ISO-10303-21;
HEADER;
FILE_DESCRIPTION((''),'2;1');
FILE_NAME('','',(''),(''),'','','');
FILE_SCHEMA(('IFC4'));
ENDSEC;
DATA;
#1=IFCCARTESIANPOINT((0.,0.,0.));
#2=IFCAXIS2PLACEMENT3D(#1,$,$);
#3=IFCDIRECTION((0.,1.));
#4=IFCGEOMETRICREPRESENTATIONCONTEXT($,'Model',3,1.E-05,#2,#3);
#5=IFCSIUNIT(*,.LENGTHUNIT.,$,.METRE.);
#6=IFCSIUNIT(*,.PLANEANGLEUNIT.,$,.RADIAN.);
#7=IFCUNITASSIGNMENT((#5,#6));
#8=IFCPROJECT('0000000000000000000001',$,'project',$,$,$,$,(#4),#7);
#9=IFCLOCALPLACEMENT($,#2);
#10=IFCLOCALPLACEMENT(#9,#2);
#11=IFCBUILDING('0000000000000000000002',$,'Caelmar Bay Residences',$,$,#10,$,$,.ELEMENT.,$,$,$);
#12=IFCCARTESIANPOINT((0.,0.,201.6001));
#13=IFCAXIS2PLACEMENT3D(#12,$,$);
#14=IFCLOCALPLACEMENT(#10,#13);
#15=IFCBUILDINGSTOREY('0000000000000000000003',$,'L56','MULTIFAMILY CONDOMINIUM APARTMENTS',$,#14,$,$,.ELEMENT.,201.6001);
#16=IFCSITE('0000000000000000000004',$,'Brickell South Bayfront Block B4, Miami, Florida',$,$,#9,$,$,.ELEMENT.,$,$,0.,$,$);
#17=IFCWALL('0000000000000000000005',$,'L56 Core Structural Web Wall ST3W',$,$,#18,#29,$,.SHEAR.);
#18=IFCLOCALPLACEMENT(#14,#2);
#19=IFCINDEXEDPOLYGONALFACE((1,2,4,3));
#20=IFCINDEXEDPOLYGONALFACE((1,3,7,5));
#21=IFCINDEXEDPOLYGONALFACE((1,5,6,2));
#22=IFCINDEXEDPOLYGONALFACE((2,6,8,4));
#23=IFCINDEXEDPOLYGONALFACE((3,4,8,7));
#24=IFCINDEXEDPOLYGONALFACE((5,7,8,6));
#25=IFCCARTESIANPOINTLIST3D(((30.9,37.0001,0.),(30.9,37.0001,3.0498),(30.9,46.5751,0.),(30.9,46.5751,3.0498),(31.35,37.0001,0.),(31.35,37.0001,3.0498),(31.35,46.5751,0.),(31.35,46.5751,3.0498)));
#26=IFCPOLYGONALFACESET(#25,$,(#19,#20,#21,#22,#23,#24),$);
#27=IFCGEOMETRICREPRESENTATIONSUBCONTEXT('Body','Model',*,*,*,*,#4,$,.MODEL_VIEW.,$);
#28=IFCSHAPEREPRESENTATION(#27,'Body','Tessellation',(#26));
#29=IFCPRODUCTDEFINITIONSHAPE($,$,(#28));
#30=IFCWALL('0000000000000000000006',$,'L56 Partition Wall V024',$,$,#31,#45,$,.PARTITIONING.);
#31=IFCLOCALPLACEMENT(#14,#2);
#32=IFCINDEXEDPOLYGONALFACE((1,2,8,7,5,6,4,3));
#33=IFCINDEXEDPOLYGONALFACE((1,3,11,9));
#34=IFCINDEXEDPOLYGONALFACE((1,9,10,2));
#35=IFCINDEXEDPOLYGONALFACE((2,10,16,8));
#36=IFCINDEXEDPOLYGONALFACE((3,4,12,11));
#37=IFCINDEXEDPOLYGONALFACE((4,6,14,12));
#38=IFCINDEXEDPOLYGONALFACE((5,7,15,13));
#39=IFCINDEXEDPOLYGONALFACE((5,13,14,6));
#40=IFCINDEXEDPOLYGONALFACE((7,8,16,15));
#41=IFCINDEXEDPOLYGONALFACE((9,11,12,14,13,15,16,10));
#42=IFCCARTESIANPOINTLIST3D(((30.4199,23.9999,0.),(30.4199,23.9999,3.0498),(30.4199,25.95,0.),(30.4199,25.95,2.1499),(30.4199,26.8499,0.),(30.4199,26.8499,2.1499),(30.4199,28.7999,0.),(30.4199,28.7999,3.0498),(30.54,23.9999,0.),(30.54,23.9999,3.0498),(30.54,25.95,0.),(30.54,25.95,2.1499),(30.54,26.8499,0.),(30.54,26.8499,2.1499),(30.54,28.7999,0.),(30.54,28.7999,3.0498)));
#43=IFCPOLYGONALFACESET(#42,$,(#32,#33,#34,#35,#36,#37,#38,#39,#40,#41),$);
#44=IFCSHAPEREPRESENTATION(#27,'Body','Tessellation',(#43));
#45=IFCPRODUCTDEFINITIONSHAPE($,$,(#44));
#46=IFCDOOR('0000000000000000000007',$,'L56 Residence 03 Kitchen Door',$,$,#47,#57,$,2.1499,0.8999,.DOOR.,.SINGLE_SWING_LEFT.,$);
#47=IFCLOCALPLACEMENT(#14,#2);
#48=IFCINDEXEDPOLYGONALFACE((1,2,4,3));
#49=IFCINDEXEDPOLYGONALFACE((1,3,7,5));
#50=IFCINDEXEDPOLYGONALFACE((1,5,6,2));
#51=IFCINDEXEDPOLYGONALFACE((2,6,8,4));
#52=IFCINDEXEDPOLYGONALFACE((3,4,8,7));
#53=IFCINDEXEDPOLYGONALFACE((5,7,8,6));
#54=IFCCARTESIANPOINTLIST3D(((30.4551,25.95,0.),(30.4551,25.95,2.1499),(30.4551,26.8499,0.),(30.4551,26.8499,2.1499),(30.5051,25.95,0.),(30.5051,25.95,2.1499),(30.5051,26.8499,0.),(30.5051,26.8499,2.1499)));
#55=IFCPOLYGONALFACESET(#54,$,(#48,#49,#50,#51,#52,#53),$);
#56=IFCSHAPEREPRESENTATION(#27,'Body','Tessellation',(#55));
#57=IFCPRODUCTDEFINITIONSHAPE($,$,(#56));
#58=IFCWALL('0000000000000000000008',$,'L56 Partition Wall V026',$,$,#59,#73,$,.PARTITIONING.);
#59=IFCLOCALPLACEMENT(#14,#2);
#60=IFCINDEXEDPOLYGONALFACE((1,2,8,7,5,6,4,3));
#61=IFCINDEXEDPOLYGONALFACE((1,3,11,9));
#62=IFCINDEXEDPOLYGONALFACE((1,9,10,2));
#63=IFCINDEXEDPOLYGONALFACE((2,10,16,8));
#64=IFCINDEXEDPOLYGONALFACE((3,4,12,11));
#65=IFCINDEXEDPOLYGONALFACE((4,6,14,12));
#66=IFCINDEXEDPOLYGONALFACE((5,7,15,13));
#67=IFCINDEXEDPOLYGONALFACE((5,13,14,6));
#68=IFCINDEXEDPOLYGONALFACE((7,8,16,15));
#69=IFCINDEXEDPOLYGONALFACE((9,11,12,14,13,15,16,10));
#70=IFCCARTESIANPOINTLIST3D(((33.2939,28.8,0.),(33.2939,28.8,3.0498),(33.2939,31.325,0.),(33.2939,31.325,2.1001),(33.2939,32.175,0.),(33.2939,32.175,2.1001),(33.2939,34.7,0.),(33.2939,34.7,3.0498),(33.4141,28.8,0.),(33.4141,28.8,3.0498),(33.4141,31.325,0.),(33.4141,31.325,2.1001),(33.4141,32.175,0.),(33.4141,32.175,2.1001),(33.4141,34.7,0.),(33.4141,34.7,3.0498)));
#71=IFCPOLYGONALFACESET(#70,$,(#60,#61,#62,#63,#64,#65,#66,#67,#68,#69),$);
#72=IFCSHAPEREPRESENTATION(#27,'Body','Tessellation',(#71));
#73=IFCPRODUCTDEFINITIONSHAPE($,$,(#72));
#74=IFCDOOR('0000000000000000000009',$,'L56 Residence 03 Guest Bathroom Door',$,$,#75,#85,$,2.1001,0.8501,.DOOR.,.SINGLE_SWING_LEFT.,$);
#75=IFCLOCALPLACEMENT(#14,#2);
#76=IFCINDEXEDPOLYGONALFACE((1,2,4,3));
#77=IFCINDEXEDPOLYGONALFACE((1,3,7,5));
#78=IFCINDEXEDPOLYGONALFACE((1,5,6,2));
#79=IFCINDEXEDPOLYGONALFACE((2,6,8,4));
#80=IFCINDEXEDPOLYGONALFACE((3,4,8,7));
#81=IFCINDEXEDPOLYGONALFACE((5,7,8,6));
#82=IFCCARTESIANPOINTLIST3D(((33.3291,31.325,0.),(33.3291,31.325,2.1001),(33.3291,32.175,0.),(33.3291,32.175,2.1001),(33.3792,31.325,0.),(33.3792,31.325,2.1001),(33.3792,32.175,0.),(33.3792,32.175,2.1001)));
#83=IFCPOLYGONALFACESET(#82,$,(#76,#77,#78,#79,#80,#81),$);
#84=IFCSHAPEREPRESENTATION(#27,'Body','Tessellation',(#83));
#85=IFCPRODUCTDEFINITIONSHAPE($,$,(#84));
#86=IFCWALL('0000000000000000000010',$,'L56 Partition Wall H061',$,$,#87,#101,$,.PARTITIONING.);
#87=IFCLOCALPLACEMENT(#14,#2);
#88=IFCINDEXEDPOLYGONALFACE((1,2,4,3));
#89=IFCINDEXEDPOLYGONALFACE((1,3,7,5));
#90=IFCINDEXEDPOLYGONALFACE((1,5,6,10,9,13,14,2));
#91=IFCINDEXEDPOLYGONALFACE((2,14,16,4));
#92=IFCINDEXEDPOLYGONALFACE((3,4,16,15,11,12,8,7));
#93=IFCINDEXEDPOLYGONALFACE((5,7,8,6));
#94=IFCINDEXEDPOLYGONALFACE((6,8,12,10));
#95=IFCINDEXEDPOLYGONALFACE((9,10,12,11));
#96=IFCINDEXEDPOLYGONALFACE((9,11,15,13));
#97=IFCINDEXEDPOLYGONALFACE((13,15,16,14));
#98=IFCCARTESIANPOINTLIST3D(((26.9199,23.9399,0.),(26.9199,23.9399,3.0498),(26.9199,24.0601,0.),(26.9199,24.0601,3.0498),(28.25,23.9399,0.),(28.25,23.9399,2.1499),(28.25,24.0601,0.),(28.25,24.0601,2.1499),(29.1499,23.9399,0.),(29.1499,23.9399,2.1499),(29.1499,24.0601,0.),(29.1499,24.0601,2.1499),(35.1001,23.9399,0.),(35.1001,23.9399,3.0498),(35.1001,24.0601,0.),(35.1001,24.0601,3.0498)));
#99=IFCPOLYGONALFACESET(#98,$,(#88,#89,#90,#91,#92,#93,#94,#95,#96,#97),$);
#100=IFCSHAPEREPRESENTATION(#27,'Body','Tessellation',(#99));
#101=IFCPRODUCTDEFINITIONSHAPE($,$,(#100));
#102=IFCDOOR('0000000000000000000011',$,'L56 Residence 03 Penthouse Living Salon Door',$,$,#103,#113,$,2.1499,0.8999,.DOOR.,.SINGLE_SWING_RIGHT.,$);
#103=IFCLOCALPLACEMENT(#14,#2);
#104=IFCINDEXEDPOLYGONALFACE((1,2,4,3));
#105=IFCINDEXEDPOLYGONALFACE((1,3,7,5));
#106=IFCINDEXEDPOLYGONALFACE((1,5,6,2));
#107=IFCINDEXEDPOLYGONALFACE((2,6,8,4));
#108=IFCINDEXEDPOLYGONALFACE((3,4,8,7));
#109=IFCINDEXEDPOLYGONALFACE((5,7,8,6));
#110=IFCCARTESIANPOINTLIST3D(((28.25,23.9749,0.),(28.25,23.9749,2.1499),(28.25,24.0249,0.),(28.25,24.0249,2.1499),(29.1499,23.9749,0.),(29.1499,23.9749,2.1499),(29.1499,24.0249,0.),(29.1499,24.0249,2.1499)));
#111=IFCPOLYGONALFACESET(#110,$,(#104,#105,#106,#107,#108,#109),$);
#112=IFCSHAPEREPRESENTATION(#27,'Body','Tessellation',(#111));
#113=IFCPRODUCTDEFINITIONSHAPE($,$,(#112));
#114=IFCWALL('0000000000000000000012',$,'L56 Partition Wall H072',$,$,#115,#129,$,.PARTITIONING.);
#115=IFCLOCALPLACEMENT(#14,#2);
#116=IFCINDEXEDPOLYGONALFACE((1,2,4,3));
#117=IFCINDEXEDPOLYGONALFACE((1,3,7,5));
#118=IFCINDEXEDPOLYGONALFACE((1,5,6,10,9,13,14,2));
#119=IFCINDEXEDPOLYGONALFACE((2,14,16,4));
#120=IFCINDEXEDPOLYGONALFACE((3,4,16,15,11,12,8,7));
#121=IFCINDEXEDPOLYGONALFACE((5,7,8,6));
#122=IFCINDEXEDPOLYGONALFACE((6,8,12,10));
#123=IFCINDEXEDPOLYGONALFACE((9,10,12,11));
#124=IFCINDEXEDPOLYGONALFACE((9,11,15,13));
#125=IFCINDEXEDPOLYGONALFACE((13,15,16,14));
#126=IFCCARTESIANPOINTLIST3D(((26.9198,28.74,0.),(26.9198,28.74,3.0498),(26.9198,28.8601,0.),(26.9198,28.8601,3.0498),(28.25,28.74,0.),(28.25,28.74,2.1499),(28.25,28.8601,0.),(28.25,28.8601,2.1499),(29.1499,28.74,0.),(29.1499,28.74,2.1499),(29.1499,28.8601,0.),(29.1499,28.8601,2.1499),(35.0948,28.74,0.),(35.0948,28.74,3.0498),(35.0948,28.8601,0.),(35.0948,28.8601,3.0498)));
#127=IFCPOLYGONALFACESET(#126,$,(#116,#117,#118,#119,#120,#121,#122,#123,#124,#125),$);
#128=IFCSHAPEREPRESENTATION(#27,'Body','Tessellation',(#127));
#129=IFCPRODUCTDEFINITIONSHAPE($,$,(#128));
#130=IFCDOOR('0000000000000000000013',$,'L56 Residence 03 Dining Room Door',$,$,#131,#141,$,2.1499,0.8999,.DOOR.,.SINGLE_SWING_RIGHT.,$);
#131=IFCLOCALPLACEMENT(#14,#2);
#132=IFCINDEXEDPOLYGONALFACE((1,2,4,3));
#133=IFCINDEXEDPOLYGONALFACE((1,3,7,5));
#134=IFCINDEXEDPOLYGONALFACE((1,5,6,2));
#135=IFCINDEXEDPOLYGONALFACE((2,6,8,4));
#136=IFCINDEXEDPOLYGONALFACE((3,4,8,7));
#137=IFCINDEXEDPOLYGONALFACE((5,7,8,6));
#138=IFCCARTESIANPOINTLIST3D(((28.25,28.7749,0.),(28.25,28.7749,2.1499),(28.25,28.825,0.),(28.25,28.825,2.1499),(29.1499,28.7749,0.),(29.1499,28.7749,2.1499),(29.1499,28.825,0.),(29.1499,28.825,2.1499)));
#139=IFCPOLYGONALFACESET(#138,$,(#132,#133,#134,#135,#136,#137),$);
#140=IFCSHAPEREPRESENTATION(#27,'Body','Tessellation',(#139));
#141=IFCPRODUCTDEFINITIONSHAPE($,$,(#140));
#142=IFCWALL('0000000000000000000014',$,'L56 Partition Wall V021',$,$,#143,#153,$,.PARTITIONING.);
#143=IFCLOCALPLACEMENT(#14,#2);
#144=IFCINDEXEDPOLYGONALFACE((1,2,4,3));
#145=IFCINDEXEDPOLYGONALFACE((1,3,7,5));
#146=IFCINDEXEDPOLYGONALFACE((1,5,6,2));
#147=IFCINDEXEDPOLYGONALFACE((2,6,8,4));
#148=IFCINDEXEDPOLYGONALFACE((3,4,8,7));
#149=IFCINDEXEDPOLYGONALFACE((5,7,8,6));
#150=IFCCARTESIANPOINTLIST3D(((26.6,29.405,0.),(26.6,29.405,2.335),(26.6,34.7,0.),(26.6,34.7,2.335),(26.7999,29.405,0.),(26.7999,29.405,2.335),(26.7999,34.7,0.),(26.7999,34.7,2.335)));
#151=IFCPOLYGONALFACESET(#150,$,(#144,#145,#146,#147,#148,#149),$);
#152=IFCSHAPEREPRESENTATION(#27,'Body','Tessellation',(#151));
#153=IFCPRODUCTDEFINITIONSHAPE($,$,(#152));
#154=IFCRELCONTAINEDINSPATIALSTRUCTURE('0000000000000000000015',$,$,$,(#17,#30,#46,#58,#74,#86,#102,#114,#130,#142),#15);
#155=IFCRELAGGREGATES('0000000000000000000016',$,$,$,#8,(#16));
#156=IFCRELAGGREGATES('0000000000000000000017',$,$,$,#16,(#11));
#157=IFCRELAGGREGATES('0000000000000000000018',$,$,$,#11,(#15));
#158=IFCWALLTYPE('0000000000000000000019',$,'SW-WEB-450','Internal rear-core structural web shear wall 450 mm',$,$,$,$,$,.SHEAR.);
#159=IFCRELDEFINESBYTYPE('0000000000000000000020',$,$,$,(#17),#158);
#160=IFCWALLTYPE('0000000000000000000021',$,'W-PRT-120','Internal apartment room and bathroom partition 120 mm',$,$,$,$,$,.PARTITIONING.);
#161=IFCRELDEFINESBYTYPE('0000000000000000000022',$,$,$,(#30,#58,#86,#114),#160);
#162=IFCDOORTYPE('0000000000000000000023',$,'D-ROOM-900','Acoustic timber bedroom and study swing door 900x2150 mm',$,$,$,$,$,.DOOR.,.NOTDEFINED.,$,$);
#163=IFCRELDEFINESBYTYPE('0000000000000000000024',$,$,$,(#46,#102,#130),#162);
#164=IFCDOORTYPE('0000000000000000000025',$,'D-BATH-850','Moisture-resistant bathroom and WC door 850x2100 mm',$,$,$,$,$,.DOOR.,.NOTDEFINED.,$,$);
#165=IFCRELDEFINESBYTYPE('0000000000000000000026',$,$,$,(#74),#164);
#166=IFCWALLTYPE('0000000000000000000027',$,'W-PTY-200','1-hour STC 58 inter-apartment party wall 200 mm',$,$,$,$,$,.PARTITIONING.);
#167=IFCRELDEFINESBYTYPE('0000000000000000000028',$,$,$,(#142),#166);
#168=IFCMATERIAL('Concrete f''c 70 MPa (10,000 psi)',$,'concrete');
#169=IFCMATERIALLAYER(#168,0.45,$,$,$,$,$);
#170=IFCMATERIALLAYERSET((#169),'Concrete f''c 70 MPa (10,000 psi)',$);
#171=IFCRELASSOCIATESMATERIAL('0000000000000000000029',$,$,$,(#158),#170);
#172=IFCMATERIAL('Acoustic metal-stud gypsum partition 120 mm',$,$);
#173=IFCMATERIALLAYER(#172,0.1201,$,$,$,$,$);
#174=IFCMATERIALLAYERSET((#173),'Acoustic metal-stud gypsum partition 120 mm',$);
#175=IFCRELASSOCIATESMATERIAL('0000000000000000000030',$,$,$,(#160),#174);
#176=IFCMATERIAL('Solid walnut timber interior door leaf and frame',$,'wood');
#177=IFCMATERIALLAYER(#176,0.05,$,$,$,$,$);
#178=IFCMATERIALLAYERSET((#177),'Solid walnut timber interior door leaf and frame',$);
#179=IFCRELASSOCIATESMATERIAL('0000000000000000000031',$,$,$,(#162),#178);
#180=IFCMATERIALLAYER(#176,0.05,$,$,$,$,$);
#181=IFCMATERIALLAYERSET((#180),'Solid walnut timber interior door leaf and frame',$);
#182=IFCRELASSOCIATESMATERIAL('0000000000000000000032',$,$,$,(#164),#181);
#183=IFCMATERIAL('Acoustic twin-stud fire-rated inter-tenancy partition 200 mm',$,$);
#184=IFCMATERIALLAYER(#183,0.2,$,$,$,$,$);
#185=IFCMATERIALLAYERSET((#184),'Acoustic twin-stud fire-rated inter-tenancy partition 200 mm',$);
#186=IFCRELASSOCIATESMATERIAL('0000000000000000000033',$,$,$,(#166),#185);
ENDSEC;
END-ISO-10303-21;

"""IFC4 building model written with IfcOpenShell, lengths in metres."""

from ifc_helpers import new_model, si_unit, direction, frame, frame_2d, origin, place, context, subcontext, project, spatial, rectangle, extrude, material, layer, layer_set, type_object, element, fill, save


model = new_model("IFC4")

# Units and contexts
model_context = context("Model", 3, precision=1e-05, world=origin(), true_north=direction((0.0, 1.0)))
body_context = subcontext(model_context, "Body", "Model", "MODEL_VIEW")
ifc_project = project(units=[si_unit("LENGTHUNIT", "METRE"), si_unit("PLANEANGLEUNIT", "RADIAN")], contexts=[model_context])

# Site, building, storey
site_placement = place(None, origin())
site = spatial("IfcSite", under=ifc_project, at=site_placement, Name="Brickell South Bayfront Block B4, Miami, Florida", CompositionType="ELEMENT", RefElevation=0.0)
building_placement = place(site_placement, origin())
building = spatial("IfcBuilding", under=site, at=building_placement, Name="Caelmar Bay Residences", CompositionType="ELEMENT")
storey_placement = place(building_placement, frame((0.0, 0.0, 201.6001)))
storey = spatial("IfcBuildingStorey", under=building, at=storey_placement, Name="L56", Description="MULTIFAMILY CONDOMINIUM APARTMENTS", CompositionType="ELEMENT", Elevation=201.6001)

# Wall
ifc_material_1 = material(Name="Concrete f'c 70 MPa (10,000 psi)", Category="concrete")
ifc_layer_1 = layer(ifc_material_1, 0.45)
ifc_layer_set_1 = layer_set([ifc_layer_1], Name="Concrete f'c 70 MPa (10,000 psi)")
wall_type_1 = type_object("IfcWallType", Name="SW-WEB-450", Description="Internal rear-core structural web shear wall 450 mm", PredefinedType="SHEAR", material=ifc_layer_set_1)
wall_1_placement = place(storey_placement, frame((31.125, 37.0, 0.0), z_axis=(0.0, 0.0, 1.0), x_axis=(0.0, 1.0, 0.0)))
element("IfcWall", 1, at=wall_1_placement, inside=storey, type_object=wall_type_1, Name="L56 Core Structural Web Wall ST3W", PredefinedType="SHEAR", context=body_context, shape_type="SweptSolid", body=[
    extrude(rectangle(XDim=9.575, YDim=0.45, at=frame_2d((4.7876, 0.0))), origin(), (0.0, 0.0, 1.0), 3.0498),
])

# Walls, openings, doors
ifc_material_2 = material(Name="Acoustic metal-stud gypsum partition 120 mm")
ifc_layer_2 = layer(ifc_material_2, 0.1201)
ifc_layer_set_2 = layer_set([ifc_layer_2], Name="Acoustic metal-stud gypsum partition 120 mm")
wall_type_2 = type_object("IfcWallType", Name="W-PRT-120", Description="Internal apartment room and bathroom partition 120 mm", PredefinedType="PARTITIONING", material=ifc_layer_set_2)
wall_2_placement = place(storey_placement, frame((30.48, 24.0, 0.0), z_axis=(0.0, 0.0, 1.0), x_axis=(0.0, 1.0, 0.0)))
wall_2 = element("IfcWall", 2, at=wall_2_placement, inside=storey, type_object=wall_type_2, Name="L56 Partition Wall V024", PredefinedType="PARTITIONING", context=body_context, shape_type="SweptSolid", body=[
    extrude(rectangle(XDim=4.8, YDim=0.1201, at=frame_2d((2.3999, 0.0))), origin(), (0.0, 0.0, 1.0), 3.0498),
])
opening_1_placement = place(wall_2_placement, frame((1.95, 0.0, 0.0)))
opening_1 = element("IfcOpeningElement", 3, at=opening_1_placement, cuts=wall_2, PredefinedType="OPENING", context=body_context, shape_type="SweptSolid", body=[
    extrude(rectangle(XDim=0.8999, YDim=2.1499, at=frame_2d((0.45, 1.075))), frame((0.0, 0.0701, 0.0), z_axis=(0.0, -1.0, 0.0), x_axis=(1.0, 0.0, 0.0)), (0.0, 0.0, 1.0), 0.1401),
])
ifc_material_3 = material(Name="Solid walnut timber interior door leaf and frame", Category="wood")
ifc_layer_3 = layer(ifc_material_3, 0.05)
ifc_layer_set_3 = layer_set([ifc_layer_3], Name="Solid walnut timber interior door leaf and frame")
door_type_1 = type_object("IfcDoorType", Name="D-ROOM-900", Description="Acoustic timber bedroom and study swing door 900x2150 mm", OperationType="NOTDEFINED", PredefinedType="DOOR", material=ifc_layer_set_3)
door_1_placement = place(opening_1_placement, origin())
door_1 = element("IfcDoor", 4, at=door_1_placement, inside=storey, type_object=door_type_1, Name="L56 Residence 03 Kitchen Door", OperationType="SINGLE_SWING_LEFT", OverallHeight=2.1499, OverallWidth=0.8999, PredefinedType="DOOR", context=body_context, shape_type="SweptSolid", body=[
    extrude(rectangle(XDim=0.8999, YDim=2.1499, at=frame_2d((0.45, 1.075))), frame((0.0, 0.0249, 0.0), z_axis=(0.0, -1.0, 0.0), x_axis=(1.0, 0.0, 0.0)), (0.0, 0.0, 1.0), 0.05),
])
fill(opening_1, door_1)
wall_3_placement = place(storey_placement, frame((33.354, 28.8, 0.0), z_axis=(0.0, 0.0, 1.0), x_axis=(0.0, 1.0, 0.0)))
wall_3 = element("IfcWall", 5, at=wall_3_placement, inside=storey, type_object=wall_type_2, Name="L56 Partition Wall V026", PredefinedType="PARTITIONING", context=body_context, shape_type="SweptSolid", body=[
    extrude(rectangle(XDim=5.8999, YDim=0.1201, at=frame_2d((2.95, 0.0))), origin(), (0.0, 0.0, 1.0), 3.0498),
])
opening_2_placement = place(wall_3_placement, frame((2.5249, 0.0, 0.0)))
opening_2 = element("IfcOpeningElement", 6, at=opening_2_placement, cuts=wall_3, PredefinedType="OPENING", context=body_context, shape_type="SweptSolid", body=[
    extrude(rectangle(XDim=0.8501, YDim=2.1001, at=frame_2d((0.425, 1.05))), frame((0.0, 0.0701, 0.0), z_axis=(0.0, -1.0, 0.0), x_axis=(1.0, 0.0, 0.0)), (0.0, 0.0, 1.0), 0.1401),
])
ifc_layer_4 = layer(ifc_material_3, 0.05)
ifc_layer_set_4 = layer_set([ifc_layer_4], Name="Solid walnut timber interior door leaf and frame")
door_type_2 = type_object("IfcDoorType", Name="D-BATH-850", Description="Moisture-resistant bathroom and WC door 850x2100 mm", OperationType="NOTDEFINED", PredefinedType="DOOR", material=ifc_layer_set_4)
door_2_placement = place(opening_2_placement, origin())
door_2 = element("IfcDoor", 7, at=door_2_placement, inside=storey, type_object=door_type_2, Name="L56 Residence 03 Guest Bathroom Door", OperationType="SINGLE_SWING_LEFT", OverallHeight=2.1001, OverallWidth=0.8501, PredefinedType="DOOR", context=body_context, shape_type="SweptSolid", body=[
    extrude(rectangle(XDim=0.8501, YDim=2.1001, at=frame_2d((0.425, 1.05))), frame((0.0, 0.0249, 0.0), z_axis=(0.0, -1.0, 0.0), x_axis=(1.0, 0.0, 0.0)), (0.0, 0.0, 1.0), 0.05),
])
fill(opening_2, door_2)
wall_4_placement = place(storey_placement, frame((26.9199, 24.0, 0.0), z_axis=(0.0, 0.0, 1.0), x_axis=(1.0, 0.0, 0.0)))
wall_4 = element("IfcWall", 8, at=wall_4_placement, inside=storey, type_object=wall_type_2, Name="L56 Partition Wall H061", PredefinedType="PARTITIONING", context=body_context, shape_type="SweptSolid", body=[
    extrude(rectangle(XDim=8.1802, YDim=0.1201, at=frame_2d((4.0901, 0.0))), origin(), (0.0, 0.0, 1.0), 3.0498),
])
opening_3_placement = place(wall_4_placement, frame((1.3301, 0.0, 0.0)))
opening_3 = element("IfcOpeningElement", 9, at=opening_3_placement, cuts=wall_4, PredefinedType="OPENING", context=body_context, shape_type="SweptSolid", body=[
    extrude(rectangle(XDim=0.8999, YDim=2.1499, at=frame_2d((0.45, 1.075))), frame((0.0, 0.0701, 0.0), z_axis=(0.0, -1.0, 0.0), x_axis=(1.0, 0.0, 0.0)), (0.0, 0.0, 1.0), 0.1401),
])
door_3_placement = place(opening_3_placement, origin())
door_3 = element("IfcDoor", 10, at=door_3_placement, inside=storey, type_object=door_type_1, Name="L56 Residence 03 Penthouse Living Salon Door", OperationType="SINGLE_SWING_RIGHT", OverallHeight=2.1499, OverallWidth=0.8999, PredefinedType="DOOR", context=body_context, shape_type="SweptSolid", body=[
    extrude(rectangle(XDim=0.8999, YDim=2.1499, at=frame_2d((0.45, 1.075))), frame((0.0, 0.0249, 0.0), z_axis=(0.0, -1.0, 0.0), x_axis=(1.0, 0.0, 0.0)), (0.0, 0.0, 1.0), 0.05),
])
fill(opening_3, door_3)
wall_5_placement = place(storey_placement, frame((26.9199, 28.8, 0.0), z_axis=(0.0, 0.0, 1.0), x_axis=(1.0, 0.0, 0.0)))
wall_5 = element("IfcWall", 11, at=wall_5_placement, inside=storey, type_object=wall_type_2, Name="L56 Partition Wall H072", PredefinedType="PARTITIONING", context=body_context, shape_type="SweptSolid", body=[
    extrude(rectangle(XDim=8.175, YDim=0.1201, at=frame_2d((4.0874, 0.0))), origin(), (0.0, 0.0, 1.0), 3.0498),
])
opening_4_placement = place(wall_5_placement, frame((1.3301, 0.0, 0.0)))
opening_4 = element("IfcOpeningElement", 12, at=opening_4_placement, cuts=wall_5, PredefinedType="OPENING", context=body_context, shape_type="SweptSolid", body=[
    extrude(rectangle(XDim=0.8999, YDim=2.1499, at=frame_2d((0.45, 1.075))), frame((0.0, 0.0701, 0.0), z_axis=(0.0, -1.0, 0.0), x_axis=(1.0, 0.0, 0.0)), (0.0, 0.0, 1.0), 0.1401),
])
door_4_placement = place(opening_4_placement, origin())
door_4 = element("IfcDoor", 13, at=door_4_placement, inside=storey, type_object=door_type_1, Name="L56 Residence 03 Dining Room Door", OperationType="SINGLE_SWING_RIGHT", OverallHeight=2.1499, OverallWidth=0.8999, PredefinedType="DOOR", context=body_context, shape_type="SweptSolid", body=[
    extrude(rectangle(XDim=0.8999, YDim=2.1499, at=frame_2d((0.45, 1.075))), frame((0.0, 0.0249, 0.0), z_axis=(0.0, -1.0, 0.0), x_axis=(1.0, 0.0, 0.0)), (0.0, 0.0, 1.0), 0.05),
])
fill(opening_4, door_4)

# Wall
ifc_material_4 = material(Name="Acoustic twin-stud fire-rated inter-tenancy partition 200 mm")
ifc_layer_5 = layer(ifc_material_4, 0.2)
ifc_layer_set_5 = layer_set([ifc_layer_5], Name="Acoustic twin-stud fire-rated inter-tenancy partition 200 mm")
wall_type_3 = type_object("IfcWallType", Name="W-PTY-200", Description="1-hour STC 58 inter-apartment party wall 200 mm", PredefinedType="PARTITIONING", material=ifc_layer_set_5)
wall_6_placement = place(storey_placement, frame((26.7, 29.405, 0.0), z_axis=(0.0, 0.0, 1.0), x_axis=(0.0, 1.0, 0.0)))
element("IfcWall", 14, at=wall_6_placement, inside=storey, type_object=wall_type_3, Name="L56 Partition Wall V021", PredefinedType="PARTITIONING", context=body_context, shape_type="SweptSolid", body=[
    extrude(rectangle(XDim=5.2949, YDim=0.2, at=frame_2d((2.6475, 0.0))), origin(), (0.0, 0.0, 1.0), 2.335),
])

save(model, "model.ifc")
